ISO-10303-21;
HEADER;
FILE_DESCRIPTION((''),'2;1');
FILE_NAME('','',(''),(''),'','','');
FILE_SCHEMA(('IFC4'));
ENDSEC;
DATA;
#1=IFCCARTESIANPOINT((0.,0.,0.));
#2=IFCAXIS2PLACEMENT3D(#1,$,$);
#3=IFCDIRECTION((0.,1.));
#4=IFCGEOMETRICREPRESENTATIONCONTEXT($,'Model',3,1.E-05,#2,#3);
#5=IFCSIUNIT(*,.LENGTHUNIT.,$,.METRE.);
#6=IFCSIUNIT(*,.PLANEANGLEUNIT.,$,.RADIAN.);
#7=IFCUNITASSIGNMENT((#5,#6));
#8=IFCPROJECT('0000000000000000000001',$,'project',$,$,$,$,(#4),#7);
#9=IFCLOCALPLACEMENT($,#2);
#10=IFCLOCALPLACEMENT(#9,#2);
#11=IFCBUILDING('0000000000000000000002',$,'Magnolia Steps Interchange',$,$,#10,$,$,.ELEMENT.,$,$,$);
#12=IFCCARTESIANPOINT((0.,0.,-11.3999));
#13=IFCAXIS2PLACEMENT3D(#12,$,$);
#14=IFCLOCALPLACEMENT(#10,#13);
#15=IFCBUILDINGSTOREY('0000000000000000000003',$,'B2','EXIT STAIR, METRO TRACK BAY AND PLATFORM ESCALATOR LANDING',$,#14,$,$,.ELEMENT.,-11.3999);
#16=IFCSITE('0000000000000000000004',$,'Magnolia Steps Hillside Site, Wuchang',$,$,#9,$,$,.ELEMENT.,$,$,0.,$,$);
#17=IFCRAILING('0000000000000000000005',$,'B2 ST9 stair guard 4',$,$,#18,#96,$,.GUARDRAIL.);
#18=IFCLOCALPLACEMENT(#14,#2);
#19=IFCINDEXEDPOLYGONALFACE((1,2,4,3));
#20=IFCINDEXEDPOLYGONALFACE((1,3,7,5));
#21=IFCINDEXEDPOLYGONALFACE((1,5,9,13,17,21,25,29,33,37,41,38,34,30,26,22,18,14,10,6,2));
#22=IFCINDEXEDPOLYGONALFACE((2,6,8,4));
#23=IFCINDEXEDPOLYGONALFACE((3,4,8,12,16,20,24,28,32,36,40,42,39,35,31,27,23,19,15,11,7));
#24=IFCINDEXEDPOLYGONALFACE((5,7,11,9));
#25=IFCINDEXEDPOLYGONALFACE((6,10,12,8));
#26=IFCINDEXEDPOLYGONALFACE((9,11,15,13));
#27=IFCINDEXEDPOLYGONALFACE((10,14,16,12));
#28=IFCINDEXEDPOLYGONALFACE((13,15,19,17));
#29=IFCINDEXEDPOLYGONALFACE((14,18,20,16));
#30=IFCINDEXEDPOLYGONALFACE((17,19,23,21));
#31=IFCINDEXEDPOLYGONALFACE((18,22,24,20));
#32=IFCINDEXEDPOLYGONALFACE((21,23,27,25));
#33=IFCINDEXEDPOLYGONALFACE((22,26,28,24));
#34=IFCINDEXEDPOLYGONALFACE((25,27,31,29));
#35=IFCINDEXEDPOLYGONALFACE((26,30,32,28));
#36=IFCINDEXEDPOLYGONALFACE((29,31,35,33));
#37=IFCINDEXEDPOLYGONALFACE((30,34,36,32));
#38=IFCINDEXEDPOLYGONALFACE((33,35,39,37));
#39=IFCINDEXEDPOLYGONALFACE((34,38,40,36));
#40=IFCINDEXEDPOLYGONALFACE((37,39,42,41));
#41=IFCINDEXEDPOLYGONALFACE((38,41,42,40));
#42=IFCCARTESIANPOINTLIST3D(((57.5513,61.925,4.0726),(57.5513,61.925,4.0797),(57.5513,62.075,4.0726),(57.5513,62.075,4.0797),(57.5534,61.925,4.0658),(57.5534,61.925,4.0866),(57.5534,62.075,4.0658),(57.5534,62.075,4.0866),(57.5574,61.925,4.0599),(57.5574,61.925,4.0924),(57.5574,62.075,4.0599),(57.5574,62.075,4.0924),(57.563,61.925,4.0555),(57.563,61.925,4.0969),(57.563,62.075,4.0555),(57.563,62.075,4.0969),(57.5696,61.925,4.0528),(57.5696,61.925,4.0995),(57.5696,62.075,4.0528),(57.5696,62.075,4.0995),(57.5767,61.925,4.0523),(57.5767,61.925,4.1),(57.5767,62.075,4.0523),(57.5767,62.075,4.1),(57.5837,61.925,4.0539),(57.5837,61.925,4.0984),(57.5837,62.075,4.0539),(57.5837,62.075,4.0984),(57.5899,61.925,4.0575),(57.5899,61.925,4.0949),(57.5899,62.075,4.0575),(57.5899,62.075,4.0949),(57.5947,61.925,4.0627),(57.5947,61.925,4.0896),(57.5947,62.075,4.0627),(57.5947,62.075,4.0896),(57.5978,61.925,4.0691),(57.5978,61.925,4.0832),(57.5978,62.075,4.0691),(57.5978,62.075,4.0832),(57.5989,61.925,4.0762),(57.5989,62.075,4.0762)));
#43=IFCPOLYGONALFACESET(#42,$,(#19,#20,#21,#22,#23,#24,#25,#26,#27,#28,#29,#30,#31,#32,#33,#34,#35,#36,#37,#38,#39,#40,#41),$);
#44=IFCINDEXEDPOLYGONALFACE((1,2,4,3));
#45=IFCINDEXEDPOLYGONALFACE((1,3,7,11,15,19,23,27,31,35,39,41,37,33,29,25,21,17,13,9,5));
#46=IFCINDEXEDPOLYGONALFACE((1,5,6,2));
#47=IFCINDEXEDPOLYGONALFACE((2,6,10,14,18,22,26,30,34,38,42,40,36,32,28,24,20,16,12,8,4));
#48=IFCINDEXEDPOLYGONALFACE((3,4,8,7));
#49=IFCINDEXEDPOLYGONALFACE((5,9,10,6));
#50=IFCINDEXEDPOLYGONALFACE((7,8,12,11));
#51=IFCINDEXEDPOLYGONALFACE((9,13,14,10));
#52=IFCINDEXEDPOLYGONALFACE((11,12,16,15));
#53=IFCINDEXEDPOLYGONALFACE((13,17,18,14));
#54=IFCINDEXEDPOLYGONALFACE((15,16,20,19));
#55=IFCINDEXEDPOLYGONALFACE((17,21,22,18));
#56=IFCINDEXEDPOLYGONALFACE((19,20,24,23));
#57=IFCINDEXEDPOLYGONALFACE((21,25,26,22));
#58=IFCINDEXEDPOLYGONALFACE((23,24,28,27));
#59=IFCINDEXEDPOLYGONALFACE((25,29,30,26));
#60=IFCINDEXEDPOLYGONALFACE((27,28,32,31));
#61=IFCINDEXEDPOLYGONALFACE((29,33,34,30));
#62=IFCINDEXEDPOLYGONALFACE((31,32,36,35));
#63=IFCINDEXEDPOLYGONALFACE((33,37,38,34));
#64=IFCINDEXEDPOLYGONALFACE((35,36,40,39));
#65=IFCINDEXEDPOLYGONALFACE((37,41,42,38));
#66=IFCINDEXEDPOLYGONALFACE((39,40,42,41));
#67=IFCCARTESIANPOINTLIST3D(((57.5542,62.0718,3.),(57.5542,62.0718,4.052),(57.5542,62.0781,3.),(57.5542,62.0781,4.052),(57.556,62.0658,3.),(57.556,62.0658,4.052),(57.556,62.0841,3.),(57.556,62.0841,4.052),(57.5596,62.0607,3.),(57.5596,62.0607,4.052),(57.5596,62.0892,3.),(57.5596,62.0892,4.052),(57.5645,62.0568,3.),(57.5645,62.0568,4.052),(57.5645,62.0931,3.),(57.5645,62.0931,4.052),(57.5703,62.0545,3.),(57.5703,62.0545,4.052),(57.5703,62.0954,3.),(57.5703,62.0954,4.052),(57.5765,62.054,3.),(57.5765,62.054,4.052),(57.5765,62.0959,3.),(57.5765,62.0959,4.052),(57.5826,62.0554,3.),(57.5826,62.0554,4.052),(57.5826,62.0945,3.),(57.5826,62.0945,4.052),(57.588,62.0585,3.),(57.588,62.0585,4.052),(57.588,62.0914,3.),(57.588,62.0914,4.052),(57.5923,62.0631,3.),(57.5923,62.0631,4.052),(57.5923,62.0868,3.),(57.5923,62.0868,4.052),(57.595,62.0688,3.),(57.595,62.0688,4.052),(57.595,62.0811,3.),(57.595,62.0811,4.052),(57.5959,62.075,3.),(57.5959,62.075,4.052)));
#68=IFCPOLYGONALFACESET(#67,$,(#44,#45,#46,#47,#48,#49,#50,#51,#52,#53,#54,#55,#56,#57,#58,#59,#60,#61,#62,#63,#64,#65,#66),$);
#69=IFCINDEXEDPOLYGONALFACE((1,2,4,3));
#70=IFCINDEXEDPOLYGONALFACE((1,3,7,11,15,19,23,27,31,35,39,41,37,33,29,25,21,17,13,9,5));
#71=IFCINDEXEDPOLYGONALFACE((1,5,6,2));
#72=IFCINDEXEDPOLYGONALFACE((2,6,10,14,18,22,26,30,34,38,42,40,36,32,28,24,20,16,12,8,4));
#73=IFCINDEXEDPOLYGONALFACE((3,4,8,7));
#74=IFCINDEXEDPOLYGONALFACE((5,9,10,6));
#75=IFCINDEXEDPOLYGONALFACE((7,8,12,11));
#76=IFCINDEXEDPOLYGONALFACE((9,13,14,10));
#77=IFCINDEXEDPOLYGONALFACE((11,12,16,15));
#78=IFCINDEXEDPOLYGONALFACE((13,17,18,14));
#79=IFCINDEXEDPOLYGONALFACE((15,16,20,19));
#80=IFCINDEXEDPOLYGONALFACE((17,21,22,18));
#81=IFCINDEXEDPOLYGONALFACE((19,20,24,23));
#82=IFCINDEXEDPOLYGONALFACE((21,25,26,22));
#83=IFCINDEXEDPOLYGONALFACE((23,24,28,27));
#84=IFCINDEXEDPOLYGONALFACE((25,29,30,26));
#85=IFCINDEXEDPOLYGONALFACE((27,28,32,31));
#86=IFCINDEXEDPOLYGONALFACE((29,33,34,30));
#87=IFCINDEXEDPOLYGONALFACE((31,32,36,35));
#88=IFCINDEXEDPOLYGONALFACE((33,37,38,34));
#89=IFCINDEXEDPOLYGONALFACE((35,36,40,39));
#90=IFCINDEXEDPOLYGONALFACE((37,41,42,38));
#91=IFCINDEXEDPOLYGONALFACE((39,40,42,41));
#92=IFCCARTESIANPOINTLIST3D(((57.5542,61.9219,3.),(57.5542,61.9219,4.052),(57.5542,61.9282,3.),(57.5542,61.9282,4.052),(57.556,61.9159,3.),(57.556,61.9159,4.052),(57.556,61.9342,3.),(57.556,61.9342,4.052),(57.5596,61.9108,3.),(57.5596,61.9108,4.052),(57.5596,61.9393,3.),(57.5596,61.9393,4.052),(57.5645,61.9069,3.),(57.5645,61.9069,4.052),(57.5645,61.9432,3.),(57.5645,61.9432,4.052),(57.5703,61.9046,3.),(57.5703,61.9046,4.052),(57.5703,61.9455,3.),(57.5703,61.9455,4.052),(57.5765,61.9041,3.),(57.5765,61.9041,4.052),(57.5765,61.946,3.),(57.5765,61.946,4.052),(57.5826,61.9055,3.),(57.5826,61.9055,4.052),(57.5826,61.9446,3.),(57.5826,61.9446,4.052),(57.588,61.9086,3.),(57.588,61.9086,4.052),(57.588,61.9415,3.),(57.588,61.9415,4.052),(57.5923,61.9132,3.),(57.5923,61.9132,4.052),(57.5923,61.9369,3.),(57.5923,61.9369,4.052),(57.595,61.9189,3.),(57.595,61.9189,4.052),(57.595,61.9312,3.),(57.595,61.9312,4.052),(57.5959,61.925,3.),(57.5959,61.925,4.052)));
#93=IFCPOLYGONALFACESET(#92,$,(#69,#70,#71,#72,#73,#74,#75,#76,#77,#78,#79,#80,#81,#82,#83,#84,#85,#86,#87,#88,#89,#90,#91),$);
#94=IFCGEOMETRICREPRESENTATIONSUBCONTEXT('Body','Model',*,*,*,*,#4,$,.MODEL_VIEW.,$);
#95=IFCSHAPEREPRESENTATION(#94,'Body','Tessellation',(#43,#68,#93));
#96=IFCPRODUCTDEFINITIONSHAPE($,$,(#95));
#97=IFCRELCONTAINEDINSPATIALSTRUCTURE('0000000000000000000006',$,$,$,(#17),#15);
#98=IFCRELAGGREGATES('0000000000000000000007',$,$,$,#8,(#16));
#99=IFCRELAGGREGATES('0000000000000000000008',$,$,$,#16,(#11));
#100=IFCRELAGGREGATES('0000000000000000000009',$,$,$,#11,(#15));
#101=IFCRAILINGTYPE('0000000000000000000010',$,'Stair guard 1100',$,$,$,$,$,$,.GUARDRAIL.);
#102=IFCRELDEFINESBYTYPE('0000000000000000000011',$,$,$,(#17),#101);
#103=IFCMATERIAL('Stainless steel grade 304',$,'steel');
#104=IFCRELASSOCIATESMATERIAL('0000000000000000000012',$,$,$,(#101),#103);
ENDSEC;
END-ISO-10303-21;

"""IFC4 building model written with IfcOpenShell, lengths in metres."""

from ifc_helpers import new_model, si_unit, direction, frame, origin, origin_2d, place, context, subcontext, project, spatial, circle, extrude, material, type_object, element, save


model = new_model("IFC4")

# Units and contexts
model_context = context("Model", 3, precision=1e-05, world=origin(), true_north=direction((0.0, 1.0)))
body_context = subcontext(model_context, "Body", "Model", "MODEL_VIEW")
ifc_project = project(units=[si_unit("LENGTHUNIT", "METRE"), si_unit("PLANEANGLEUNIT", "RADIAN")], contexts=[model_context])

# Site, building, storey
site_placement = place(None, origin())
site = spatial("IfcSite", under=ifc_project, at=site_placement, Name="Magnolia Steps Hillside Site, Wuchang", CompositionType="ELEMENT", RefElevation=0.0)
building_placement = place(site_placement, origin())
building = spatial("IfcBuilding", under=site, at=building_placement, Name="Magnolia Steps Interchange", CompositionType="ELEMENT")
storey_placement = place(building_placement, frame((0.0, 0.0, -11.3999)))
storey = spatial("IfcBuildingStorey", under=building, at=storey_placement, Name="B2", Description="EXIT STAIR, METRO TRACK BAY AND PLATFORM ESCALATOR LANDING", CompositionType="ELEMENT", Elevation=-11.3999)

# Railing
ifc_material_1 = material(Name="Stainless steel grade 304", Category="steel")
railing_type_1 = type_object("IfcRailingType", Name="Stair guard 1100", PredefinedType="GUARDRAIL", material=ifc_material_1)
railing_1_placement = place(storey_placement, frame((57.575, 62.075, 3.0)))
element("IfcRailing", 1, at=railing_1_placement, inside=storey, type_object=railing_type_1, Name="B2 ST9 stair guard 4", PredefinedType="GUARDRAIL", context=body_context, shape_type="SweptSolid", body=[
    extrude(circle(Radius=0.0239, at=origin_2d()), frame((0.0, 0.0, 1.0762), z_axis=(0.0, -1.0, 0.0), x_axis=(1.0, 0.0, 0.0)), (0.0, 0.0, 1.0), 0.1499),
    extrude(circle(Radius=0.021, at=origin_2d()), origin(), (0.0, 0.0, 1.0), 1.052),
    extrude(circle(Radius=0.021, at=origin_2d()), frame((0.0, -0.1499, 0.0)), (0.0, 0.0, 1.0), 1.052),
])

save(model, "model.ifc")
